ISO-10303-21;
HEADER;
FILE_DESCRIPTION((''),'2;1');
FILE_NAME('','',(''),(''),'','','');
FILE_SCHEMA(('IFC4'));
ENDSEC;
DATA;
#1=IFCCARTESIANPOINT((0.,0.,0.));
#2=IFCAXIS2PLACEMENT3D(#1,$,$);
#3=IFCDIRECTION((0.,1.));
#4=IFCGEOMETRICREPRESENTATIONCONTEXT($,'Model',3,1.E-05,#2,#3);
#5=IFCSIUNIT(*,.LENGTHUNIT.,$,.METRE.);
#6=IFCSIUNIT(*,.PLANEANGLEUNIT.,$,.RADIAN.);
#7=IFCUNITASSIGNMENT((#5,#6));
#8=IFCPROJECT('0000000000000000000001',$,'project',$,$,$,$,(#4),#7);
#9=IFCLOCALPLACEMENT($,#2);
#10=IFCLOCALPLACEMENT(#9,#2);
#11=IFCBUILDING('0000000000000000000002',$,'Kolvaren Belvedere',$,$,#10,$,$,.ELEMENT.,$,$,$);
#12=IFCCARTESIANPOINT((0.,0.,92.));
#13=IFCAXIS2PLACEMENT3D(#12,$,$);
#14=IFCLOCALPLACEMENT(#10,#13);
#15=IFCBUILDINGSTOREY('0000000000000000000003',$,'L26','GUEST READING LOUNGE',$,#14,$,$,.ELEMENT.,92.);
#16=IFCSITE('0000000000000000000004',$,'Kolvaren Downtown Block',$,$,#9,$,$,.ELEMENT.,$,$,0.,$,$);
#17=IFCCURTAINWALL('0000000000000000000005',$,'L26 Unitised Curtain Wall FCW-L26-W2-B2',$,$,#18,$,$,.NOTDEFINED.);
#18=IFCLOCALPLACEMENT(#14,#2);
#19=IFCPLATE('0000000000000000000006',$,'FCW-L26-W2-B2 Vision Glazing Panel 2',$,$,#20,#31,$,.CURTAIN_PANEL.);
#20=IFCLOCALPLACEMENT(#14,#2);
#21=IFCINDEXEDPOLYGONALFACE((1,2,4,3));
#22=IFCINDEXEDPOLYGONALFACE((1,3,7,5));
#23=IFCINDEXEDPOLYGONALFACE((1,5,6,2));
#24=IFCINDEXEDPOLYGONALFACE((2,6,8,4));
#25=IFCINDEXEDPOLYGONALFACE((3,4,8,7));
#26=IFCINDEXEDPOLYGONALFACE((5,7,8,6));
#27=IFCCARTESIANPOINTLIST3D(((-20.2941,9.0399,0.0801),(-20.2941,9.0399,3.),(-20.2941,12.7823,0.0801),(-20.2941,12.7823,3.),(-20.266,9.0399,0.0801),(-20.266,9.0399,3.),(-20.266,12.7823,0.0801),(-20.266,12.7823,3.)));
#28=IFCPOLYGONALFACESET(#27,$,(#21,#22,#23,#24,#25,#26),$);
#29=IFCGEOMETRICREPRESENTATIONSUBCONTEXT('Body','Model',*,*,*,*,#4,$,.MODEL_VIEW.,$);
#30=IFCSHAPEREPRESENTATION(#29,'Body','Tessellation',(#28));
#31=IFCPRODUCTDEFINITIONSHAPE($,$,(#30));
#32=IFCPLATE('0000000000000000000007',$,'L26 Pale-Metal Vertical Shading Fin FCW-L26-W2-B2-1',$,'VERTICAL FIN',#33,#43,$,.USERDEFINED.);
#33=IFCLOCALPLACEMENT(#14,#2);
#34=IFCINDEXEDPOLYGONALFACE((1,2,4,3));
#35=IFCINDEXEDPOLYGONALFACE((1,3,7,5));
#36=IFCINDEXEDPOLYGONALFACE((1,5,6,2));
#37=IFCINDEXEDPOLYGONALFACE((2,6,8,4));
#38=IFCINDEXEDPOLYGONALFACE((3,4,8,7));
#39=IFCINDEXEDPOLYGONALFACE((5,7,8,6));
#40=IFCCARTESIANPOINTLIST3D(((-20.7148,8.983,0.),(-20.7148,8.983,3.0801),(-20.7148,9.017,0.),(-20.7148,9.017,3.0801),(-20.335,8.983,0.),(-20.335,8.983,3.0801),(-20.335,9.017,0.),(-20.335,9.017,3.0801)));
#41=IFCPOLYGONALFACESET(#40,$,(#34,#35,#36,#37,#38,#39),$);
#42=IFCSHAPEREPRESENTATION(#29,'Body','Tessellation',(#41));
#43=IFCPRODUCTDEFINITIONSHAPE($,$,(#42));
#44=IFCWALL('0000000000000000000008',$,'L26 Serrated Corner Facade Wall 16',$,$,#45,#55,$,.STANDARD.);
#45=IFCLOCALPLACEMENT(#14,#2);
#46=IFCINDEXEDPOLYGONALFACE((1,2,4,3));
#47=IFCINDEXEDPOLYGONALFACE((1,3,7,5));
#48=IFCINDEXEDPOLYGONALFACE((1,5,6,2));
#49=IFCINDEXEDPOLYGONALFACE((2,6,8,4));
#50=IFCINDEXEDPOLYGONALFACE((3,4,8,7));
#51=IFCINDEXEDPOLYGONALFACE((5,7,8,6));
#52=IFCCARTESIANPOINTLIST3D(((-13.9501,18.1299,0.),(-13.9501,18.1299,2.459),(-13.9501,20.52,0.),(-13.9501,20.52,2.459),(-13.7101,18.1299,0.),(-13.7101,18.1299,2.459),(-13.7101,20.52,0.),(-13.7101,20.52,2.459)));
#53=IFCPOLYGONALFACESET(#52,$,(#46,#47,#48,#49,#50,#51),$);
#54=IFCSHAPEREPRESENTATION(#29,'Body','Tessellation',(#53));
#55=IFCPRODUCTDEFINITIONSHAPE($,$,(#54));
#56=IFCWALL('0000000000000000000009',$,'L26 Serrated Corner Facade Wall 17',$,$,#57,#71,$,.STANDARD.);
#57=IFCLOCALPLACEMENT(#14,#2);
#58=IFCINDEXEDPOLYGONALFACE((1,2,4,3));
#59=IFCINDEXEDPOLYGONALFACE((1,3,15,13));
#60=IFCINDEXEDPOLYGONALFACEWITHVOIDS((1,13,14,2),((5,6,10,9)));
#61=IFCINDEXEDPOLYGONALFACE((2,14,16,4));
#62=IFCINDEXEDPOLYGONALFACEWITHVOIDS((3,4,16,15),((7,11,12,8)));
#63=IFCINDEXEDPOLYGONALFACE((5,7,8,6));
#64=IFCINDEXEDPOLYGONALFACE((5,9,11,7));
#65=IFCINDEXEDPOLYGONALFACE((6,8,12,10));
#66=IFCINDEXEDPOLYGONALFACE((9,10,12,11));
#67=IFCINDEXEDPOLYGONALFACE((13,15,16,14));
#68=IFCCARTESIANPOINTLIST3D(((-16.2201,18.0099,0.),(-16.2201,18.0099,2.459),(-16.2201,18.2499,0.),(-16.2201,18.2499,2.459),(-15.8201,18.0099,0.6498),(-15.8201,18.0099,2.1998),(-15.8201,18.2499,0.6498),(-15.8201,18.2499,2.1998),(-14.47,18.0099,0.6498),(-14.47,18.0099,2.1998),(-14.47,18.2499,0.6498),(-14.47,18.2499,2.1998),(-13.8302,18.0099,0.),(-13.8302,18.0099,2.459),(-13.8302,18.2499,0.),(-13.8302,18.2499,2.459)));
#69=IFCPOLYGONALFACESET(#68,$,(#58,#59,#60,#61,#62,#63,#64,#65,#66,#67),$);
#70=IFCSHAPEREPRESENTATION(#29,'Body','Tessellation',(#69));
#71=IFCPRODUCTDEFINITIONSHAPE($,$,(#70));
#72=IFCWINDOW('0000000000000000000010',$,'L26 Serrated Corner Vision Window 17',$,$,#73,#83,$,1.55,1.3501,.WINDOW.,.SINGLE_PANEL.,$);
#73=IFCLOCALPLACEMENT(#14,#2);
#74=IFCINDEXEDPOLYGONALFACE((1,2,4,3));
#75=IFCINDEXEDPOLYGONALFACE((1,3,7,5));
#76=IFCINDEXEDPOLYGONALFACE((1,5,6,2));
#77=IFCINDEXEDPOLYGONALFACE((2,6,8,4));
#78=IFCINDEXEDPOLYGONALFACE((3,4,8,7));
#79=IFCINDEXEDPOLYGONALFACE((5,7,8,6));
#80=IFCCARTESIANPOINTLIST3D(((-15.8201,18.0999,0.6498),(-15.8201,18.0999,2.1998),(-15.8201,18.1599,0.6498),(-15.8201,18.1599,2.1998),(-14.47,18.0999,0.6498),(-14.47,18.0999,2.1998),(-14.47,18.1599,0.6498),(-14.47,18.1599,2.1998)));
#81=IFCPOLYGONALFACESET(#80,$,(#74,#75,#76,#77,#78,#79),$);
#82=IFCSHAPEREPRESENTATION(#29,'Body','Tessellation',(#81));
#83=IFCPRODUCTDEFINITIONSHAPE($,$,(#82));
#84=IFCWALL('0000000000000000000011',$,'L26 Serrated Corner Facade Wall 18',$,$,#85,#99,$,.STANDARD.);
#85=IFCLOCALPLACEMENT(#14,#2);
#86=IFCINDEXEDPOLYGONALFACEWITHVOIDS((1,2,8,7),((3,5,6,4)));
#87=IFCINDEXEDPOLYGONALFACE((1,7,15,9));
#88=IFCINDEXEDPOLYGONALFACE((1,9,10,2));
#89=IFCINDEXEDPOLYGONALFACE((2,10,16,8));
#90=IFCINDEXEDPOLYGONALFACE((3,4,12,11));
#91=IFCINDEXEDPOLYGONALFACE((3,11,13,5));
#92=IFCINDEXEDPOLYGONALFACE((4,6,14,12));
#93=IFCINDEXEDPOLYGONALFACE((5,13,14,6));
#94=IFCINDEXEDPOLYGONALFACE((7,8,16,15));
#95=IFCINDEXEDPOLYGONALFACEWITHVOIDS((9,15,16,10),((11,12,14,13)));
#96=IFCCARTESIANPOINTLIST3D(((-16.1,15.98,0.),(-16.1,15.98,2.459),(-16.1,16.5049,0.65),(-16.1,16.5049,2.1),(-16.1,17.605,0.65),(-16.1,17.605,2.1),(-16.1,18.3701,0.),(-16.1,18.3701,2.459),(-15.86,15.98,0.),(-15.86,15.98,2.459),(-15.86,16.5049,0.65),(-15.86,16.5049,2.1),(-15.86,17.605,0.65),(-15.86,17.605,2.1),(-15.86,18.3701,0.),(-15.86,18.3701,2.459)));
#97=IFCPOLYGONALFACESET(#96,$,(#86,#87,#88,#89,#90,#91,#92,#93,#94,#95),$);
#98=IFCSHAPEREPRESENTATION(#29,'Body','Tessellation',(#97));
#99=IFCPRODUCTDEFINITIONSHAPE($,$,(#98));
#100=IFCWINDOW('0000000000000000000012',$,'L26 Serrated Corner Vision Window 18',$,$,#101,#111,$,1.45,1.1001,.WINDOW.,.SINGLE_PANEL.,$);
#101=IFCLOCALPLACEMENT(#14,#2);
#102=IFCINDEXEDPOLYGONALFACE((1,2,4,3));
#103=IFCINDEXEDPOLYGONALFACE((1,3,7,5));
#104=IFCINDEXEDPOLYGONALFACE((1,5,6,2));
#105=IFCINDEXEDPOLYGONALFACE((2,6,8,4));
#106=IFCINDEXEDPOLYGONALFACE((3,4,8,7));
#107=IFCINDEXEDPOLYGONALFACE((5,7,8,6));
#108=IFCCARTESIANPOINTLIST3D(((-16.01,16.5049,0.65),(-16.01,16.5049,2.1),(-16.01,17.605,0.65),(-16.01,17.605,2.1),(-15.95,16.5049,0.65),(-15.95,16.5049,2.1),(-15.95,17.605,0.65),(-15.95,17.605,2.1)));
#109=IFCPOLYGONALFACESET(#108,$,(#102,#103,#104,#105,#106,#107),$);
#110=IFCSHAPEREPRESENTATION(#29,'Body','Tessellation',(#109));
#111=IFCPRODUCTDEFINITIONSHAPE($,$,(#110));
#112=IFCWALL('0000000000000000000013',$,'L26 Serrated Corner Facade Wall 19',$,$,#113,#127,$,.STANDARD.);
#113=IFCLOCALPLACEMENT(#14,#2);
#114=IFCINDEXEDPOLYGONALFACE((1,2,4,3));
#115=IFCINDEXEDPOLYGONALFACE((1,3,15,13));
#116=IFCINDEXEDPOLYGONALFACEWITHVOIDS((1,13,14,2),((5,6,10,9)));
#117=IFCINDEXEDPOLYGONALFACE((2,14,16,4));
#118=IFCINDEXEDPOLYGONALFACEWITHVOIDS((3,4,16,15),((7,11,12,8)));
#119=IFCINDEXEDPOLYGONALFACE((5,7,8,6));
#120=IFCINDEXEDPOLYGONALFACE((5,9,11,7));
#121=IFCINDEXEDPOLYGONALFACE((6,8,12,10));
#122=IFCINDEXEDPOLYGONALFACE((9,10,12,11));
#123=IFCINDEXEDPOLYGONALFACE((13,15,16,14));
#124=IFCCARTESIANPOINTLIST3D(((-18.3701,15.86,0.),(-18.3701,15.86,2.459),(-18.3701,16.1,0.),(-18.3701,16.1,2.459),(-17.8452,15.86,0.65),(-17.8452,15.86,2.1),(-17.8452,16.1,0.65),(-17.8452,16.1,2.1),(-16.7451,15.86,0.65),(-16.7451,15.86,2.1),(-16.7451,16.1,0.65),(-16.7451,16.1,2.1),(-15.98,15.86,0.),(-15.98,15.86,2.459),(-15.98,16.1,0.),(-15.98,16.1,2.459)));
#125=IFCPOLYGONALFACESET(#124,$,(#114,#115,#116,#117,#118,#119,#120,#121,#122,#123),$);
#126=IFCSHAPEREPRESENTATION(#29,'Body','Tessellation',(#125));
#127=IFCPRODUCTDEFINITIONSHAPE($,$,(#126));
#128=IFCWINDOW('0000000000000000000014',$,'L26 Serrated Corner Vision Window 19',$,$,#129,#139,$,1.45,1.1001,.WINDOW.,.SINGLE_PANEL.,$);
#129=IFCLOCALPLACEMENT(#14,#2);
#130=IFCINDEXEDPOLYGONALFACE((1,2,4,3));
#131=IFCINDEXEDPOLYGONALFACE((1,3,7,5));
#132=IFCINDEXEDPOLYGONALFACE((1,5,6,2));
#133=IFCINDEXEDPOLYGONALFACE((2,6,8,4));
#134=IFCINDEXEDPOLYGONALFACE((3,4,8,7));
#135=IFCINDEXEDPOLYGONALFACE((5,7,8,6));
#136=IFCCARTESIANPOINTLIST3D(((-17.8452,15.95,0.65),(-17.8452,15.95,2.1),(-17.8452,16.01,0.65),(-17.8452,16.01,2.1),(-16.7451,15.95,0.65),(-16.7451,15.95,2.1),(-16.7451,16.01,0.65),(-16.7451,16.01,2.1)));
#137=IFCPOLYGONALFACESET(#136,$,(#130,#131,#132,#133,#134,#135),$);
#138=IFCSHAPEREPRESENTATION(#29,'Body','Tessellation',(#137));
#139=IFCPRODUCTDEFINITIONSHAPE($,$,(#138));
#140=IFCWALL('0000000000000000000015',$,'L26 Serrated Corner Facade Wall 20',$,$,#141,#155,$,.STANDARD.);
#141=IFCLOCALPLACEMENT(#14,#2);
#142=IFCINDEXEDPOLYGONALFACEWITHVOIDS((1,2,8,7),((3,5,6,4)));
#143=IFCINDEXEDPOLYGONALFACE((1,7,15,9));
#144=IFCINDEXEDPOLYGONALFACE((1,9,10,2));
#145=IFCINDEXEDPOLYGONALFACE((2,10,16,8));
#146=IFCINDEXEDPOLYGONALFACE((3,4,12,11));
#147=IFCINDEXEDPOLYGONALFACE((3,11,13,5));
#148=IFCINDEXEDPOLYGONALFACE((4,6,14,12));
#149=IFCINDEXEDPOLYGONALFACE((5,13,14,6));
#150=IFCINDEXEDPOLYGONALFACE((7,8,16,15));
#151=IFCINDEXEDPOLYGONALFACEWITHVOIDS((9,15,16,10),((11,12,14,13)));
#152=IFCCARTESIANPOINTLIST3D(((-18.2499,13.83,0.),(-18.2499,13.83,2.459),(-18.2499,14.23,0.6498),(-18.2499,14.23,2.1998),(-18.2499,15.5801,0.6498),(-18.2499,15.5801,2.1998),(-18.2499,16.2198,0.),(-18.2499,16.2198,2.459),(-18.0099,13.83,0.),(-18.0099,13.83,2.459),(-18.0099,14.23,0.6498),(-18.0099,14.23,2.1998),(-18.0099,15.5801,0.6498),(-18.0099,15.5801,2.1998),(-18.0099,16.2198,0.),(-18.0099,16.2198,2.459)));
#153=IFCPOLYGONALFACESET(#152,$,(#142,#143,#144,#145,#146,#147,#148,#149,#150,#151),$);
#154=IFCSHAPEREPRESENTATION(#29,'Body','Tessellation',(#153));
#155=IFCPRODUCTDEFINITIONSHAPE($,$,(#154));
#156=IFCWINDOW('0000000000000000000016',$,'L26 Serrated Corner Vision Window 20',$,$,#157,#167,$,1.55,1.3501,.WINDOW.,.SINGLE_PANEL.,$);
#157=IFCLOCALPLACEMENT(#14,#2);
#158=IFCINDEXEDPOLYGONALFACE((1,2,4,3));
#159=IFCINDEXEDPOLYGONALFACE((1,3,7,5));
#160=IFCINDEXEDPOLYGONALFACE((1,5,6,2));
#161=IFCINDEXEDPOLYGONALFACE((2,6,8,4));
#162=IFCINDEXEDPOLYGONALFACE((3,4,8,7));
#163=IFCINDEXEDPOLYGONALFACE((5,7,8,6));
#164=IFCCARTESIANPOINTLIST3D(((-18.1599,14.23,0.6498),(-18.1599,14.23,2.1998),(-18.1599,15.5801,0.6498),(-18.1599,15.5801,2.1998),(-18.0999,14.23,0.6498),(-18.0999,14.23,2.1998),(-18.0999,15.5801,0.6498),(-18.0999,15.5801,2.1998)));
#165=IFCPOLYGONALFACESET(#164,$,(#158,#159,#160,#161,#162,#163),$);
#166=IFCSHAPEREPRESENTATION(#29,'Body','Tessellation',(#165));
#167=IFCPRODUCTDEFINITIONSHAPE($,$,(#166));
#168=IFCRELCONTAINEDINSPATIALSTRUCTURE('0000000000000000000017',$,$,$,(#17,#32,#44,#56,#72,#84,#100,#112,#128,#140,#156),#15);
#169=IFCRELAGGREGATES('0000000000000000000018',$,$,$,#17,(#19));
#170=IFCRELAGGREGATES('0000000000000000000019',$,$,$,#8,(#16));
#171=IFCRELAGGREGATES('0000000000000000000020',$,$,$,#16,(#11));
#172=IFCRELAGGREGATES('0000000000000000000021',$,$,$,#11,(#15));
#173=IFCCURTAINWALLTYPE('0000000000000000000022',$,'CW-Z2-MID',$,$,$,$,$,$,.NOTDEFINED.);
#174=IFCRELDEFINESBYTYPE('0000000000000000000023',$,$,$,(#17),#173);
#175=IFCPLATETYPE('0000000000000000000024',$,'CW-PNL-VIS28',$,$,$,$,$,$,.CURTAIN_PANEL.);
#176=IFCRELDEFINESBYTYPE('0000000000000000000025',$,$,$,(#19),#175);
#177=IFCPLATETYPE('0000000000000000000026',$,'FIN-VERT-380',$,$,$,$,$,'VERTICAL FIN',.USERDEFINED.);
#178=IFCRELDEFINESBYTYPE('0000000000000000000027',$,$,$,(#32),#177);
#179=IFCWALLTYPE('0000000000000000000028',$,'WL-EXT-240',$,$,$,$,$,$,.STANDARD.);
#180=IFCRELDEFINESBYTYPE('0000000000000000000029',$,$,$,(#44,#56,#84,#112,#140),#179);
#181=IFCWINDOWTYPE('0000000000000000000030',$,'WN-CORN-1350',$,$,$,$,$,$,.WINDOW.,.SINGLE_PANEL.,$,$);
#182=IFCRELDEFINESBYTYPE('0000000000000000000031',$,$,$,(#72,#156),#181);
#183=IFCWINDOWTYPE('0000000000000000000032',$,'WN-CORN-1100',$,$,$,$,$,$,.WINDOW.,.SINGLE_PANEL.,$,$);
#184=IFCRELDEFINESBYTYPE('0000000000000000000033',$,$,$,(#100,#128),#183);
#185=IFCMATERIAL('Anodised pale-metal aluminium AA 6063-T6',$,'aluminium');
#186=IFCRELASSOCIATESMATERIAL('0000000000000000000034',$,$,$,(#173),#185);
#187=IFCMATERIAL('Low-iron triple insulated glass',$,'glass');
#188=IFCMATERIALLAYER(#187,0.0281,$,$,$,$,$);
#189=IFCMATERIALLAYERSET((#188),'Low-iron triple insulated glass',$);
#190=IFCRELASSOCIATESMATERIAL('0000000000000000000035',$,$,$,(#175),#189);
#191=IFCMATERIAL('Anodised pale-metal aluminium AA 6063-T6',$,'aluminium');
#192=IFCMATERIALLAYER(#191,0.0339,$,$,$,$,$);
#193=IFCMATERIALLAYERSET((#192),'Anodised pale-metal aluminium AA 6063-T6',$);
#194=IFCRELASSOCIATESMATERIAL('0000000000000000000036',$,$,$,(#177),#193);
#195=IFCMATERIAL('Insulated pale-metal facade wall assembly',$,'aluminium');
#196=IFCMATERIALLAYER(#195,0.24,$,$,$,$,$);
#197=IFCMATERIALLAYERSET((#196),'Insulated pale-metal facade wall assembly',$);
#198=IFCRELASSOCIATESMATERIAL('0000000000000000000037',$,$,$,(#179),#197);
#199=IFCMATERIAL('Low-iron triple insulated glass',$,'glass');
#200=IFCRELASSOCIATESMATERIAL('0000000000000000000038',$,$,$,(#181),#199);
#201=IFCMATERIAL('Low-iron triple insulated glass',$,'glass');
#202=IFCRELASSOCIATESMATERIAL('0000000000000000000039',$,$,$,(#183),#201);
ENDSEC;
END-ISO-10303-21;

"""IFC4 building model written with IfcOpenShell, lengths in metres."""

from ifc_helpers import new_model, si_unit, direction, frame, frame_2d, origin, origin_2d, place, context, subcontext, project, spatial, rectangle, extrude, material, layer, layer_set, type_object, element, fill, aggregate, save


model = new_model("IFC4")

# Units and contexts
model_context = context("Model", 3, precision=1e-05, world=origin(), true_north=direction((0.0, 1.0)))
body_context = subcontext(model_context, "Body", "Model", "MODEL_VIEW")
ifc_project = project(units=[si_unit("LENGTHUNIT", "METRE"), si_unit("PLANEANGLEUNIT", "RADIAN")], contexts=[model_context])

# Site, building, storey
site_placement = place(None, origin())
site = spatial("IfcSite", under=ifc_project, at=site_placement, Name="Kolvaren Downtown Block", CompositionType="ELEMENT", RefElevation=0.0)
building_placement = place(site_placement, origin())
building = spatial("IfcBuilding", under=site, at=building_placement, Name="Kolvaren Belvedere", CompositionType="ELEMENT")
storey_placement = place(building_placement, frame((0.0, 0.0, 92.0)))
storey = spatial("IfcBuildingStorey", under=building, at=storey_placement, Name="L26", Description="GUEST READING LOUNGE", CompositionType="ELEMENT", Elevation=92.0)

# Shared definitions
ifc_material_1 = material(Name="Anodised pale-metal aluminium AA 6063-T6", Category="aluminium")
curtain_wall_type = type_object("IfcCurtainWallType", Name="CW-Z2-MID", PredefinedType="NOTDEFINED", material=ifc_material_1)

# Curtain wall, plate
curtain_wall_1_placement = place(storey_placement, origin())
curtain_wall_1 = element("IfcCurtainWall", 1, at=curtain_wall_1_placement, inside=storey, type_object=curtain_wall_type, Name="L26 Unitised Curtain Wall FCW-L26-W2-B2", PredefinedType="NOTDEFINED")
ifc_material_2 = material(Name="Low-iron triple insulated glass", Category="glass")
ifc_layer_1 = layer(ifc_material_2, 0.0281)
ifc_layer_set_1 = layer_set([ifc_layer_1], Name="Low-iron triple insulated glass")
plate_type_1 = type_object("IfcPlateType", Name="CW-PNL-VIS28", PredefinedType="CURTAIN_PANEL", material=ifc_layer_set_1)
plate_1_placement = place(storey_placement, frame((-20.28, 10.9111, 0.0801), z_axis=(0.0, 0.0, 1.0), x_axis=(0.0, 1.0, 0.0)))
plate_1 = element("IfcPlate", 2, at=plate_1_placement, type_object=plate_type_1, Name="FCW-L26-W2-B2 Vision Glazing Panel 2", PredefinedType="CURTAIN_PANEL", context=body_context, shape_type="SweptSolid", body=[
    extrude(rectangle(XDim=3.7424, YDim=0.0281, at=origin_2d()), origin(), (0.0, 0.0, 1.0), 2.9199),
])
aggregate(curtain_wall_1, [plate_1])

# Plate
ifc_material_3 = material(Name="Anodised pale-metal aluminium AA 6063-T6", Category="aluminium")
ifc_layer_2 = layer(ifc_material_3, 0.0339)
ifc_layer_set_2 = layer_set([ifc_layer_2], Name="Anodised pale-metal aluminium AA 6063-T6")
plate_type_2 = type_object("IfcPlateType", Name="FIN-VERT-380", ElementType="VERTICAL FIN", PredefinedType="USERDEFINED", material=ifc_layer_set_2)
plate_2_placement = place(storey_placement, frame((-20.5249, 9.0, 0.0), z_axis=(0.0, 0.0, 1.0), x_axis=(1.0, 0.0, 0.0)))
element("IfcPlate", 3, at=plate_2_placement, inside=storey, type_object=plate_type_2, Name="L26 Pale-Metal Vertical Shading Fin FCW-L26-W2-B2-1", ObjectType="VERTICAL FIN", PredefinedType="USERDEFINED", context=body_context, shape_type="SweptSolid", body=[
    extrude(rectangle(XDim=0.3799, YDim=0.0339, at=origin_2d()), origin(), (0.0, 0.0, 1.0), 3.0801),
])

# Wall
ifc_material_4 = material(Name="Insulated pale-metal facade wall assembly", Category="aluminium")
ifc_layer_3 = layer(ifc_material_4, 0.24)
ifc_layer_set_3 = layer_set([ifc_layer_3], Name="Insulated pale-metal facade wall assembly")
wall_type_1 = type_object("IfcWallType", Name="WL-EXT-240", PredefinedType="STANDARD", material=ifc_layer_set_3)
wall_1_placement = place(storey_placement, frame((-13.8301, 18.1299, 0.0), z_axis=(0.0, 0.0, 1.0), x_axis=(0.0, 1.0, 0.0)))
element("IfcWall", 4, at=wall_1_placement, inside=storey, type_object=wall_type_1, Name="L26 Serrated Corner Facade Wall 16", PredefinedType="STANDARD", context=body_context, shape_type="SweptSolid", body=[
    extrude(rectangle(XDim=2.3901, YDim=0.24, at=frame_2d((1.1951, 0.0))), origin(), (0.0, 0.0, 1.0), 2.459),
])

# Walls, openings, windows
wall_2_placement = place(storey_placement, frame((-16.22, 18.1299, 0.0), z_axis=(0.0, 0.0, 1.0), x_axis=(1.0, 0.0, 0.0)))
wall_2 = element("IfcWall", 5, at=wall_2_placement, inside=storey, type_object=wall_type_1, Name="L26 Serrated Corner Facade Wall 17", PredefinedType="STANDARD", context=body_context, shape_type="SweptSolid", body=[
    extrude(rectangle(XDim=2.3899, YDim=0.24, at=frame_2d((1.1948, 0.0))), origin(), (0.0, 0.0, 1.0), 2.459),
])
opening_1_placement = place(wall_2_placement, frame((0.3999, 0.0, 0.6499)))
opening_1 = element("IfcOpeningElement", 6, at=opening_1_placement, cuts=wall_2, PredefinedType="OPENING", context=body_context, shape_type="SweptSolid", body=[
    extrude(rectangle(XDim=1.3501, YDim=1.55, at=frame_2d((0.675, 0.7749))), frame((0.0, 0.1299, 0.0), z_axis=(0.0, -1.0, 0.0), x_axis=(1.0, 0.0, 0.0)), (0.0, 0.0, 1.0), 0.26),
])
ifc_material_5 = material(Name="Low-iron triple insulated glass", Category="glass")
window_type_1 = type_object("IfcWindowType", Name="WN-CORN-1350", PartitioningType="SINGLE_PANEL", PredefinedType="WINDOW", material=ifc_material_5)
window_1_placement = place(opening_1_placement, origin())
window_1 = element("IfcWindow", 7, at=window_1_placement, inside=storey, type_object=window_type_1, Name="L26 Serrated Corner Vision Window 17", OverallHeight=1.55, OverallWidth=1.3501, PartitioningType="SINGLE_PANEL", PredefinedType="WINDOW", context=body_context, shape_type="SweptSolid", body=[
    extrude(rectangle(XDim=1.3501, YDim=1.55, at=frame_2d((0.675, 0.7749))), frame((0.0, 0.03, 0.0), z_axis=(0.0, -1.0, 0.0), x_axis=(1.0, 0.0, 0.0)), (0.0, 0.0, 1.0), 0.0601),
])
fill(opening_1, window_1)
wall_3_placement = place(storey_placement, frame((-15.98, 15.98, 0.0), z_axis=(0.0, 0.0, 1.0), x_axis=(0.0, 1.0, 0.0)))
wall_3 = element("IfcWall", 8, at=wall_3_placement, inside=storey, type_object=wall_type_1, Name="L26 Serrated Corner Facade Wall 18", PredefinedType="STANDARD", context=body_context, shape_type="SweptSolid", body=[
    extrude(rectangle(XDim=2.3901, YDim=0.24, at=frame_2d((1.1951, 0.0))), origin(), (0.0, 0.0, 1.0), 2.459),
])
opening_2_placement = place(wall_3_placement, frame((0.5249, 0.0, 0.6499)))
opening_2 = element("IfcOpeningElement", 9, at=opening_2_placement, cuts=wall_3, PredefinedType="OPENING", context=body_context, shape_type="SweptSolid", body=[
    extrude(rectangle(XDim=1.1001, YDim=1.45, at=frame_2d((0.55, 0.7251))), frame((0.0, 0.1299, 0.0), z_axis=(0.0, -1.0, 0.0), x_axis=(1.0, 0.0, 0.0)), (0.0, 0.0, 1.0), 0.26),
])
ifc_material_6 = material(Name="Low-iron triple insulated glass", Category="glass")
window_type_2 = type_object("IfcWindowType", Name="WN-CORN-1100", PartitioningType="SINGLE_PANEL", PredefinedType="WINDOW", material=ifc_material_6)
window_2_placement = place(opening_2_placement, origin())
window_2 = element("IfcWindow", 10, at=window_2_placement, inside=storey, type_object=window_type_2, Name="L26 Serrated Corner Vision Window 18", OverallHeight=1.45, OverallWidth=1.1001, PartitioningType="SINGLE_PANEL", PredefinedType="WINDOW", context=body_context, shape_type="SweptSolid", body=[
    extrude(rectangle(XDim=1.1001, YDim=1.45, at=frame_2d((0.55, 0.7251))), frame((0.0, 0.03, 0.0), z_axis=(0.0, -1.0, 0.0), x_axis=(1.0, 0.0, 0.0)), (0.0, 0.0, 1.0), 0.0601),
])
fill(opening_2, window_2)
wall_4_placement = place(storey_placement, frame((-18.3701, 15.98, 0.0), z_axis=(0.0, 0.0, 1.0), x_axis=(1.0, 0.0, 0.0)))
wall_4 = element("IfcWall", 11, at=wall_4_placement, inside=storey, type_object=wall_type_1, Name="L26 Serrated Corner Facade Wall 19", PredefinedType="STANDARD", context=body_context, shape_type="SweptSolid", body=[
    extrude(rectangle(XDim=2.3901, YDim=0.24, at=frame_2d((1.1951, 0.0))), origin(), (0.0, 0.0, 1.0), 2.459),
])
opening_3_placement = place(wall_4_placement, frame((0.5249, 0.0, 0.6499)))
opening_3 = element("IfcOpeningElement", 12, at=opening_3_placement, cuts=wall_4, PredefinedType="OPENING", context=body_context, shape_type="SweptSolid", body=[
    extrude(rectangle(XDim=1.1001, YDim=1.45, at=frame_2d((0.55, 0.7251))), frame((0.0, 0.1299, 0.0), z_axis=(0.0, -1.0, 0.0), x_axis=(1.0, 0.0, 0.0)), (0.0, 0.0, 1.0), 0.26),
])
window_3_placement = place(opening_3_placement, origin())
window_3 = element("IfcWindow", 13, at=window_3_placement, inside=storey, type_object=window_type_2, Name="L26 Serrated Corner Vision Window 19", OverallHeight=1.45, OverallWidth=1.1001, PartitioningType="SINGLE_PANEL", PredefinedType="WINDOW", context=body_context, shape_type="SweptSolid", body=[
    extrude(rectangle(XDim=1.1001, YDim=1.45, at=frame_2d((0.55, 0.7251))), frame((0.0, 0.03, 0.0), z_axis=(0.0, -1.0, 0.0), x_axis=(1.0, 0.0, 0.0)), (0.0, 0.0, 1.0), 0.0601),
])
fill(opening_3, window_3)
wall_5_placement = place(storey_placement, frame((-18.1299, 13.8301, 0.0), z_axis=(0.0, 0.0, 1.0), x_axis=(0.0, 1.0, 0.0)))
wall_5 = element("IfcWall", 14, at=wall_5_placement, inside=storey, type_object=wall_type_1, Name="L26 Serrated Corner Facade Wall 20", PredefinedType="STANDARD", context=body_context, shape_type="SweptSolid", body=[
    extrude(rectangle(XDim=2.3899, YDim=0.24, at=frame_2d((1.1948, 0.0))), origin(), (0.0, 0.0, 1.0), 2.459),
])
opening_4_placement = place(wall_5_placement, frame((0.3999, 0.0, 0.6499)))
opening_4 = element("IfcOpeningElement", 15, at=opening_4_placement, cuts=wall_5, PredefinedType="OPENING", context=body_context, shape_type="SweptSolid", body=[
    extrude(rectangle(XDim=1.3501, YDim=1.55, at=frame_2d((0.675, 0.7749))), frame((0.0, 0.1299, 0.0), z_axis=(0.0, -1.0, 0.0), x_axis=(1.0, 0.0, 0.0)), (0.0, 0.0, 1.0), 0.26),
])
window_4_placement = place(opening_4_placement, origin())
window_4 = element("IfcWindow", 16, at=window_4_placement, inside=storey, type_object=window_type_1, Name="L26 Serrated Corner Vision Window 20", OverallHeight=1.55, OverallWidth=1.3501, PartitioningType="SINGLE_PANEL", PredefinedType="WINDOW", context=body_context, shape_type="SweptSolid", body=[
    extrude(rectangle(XDim=1.3501, YDim=1.55, at=frame_2d((0.675, 0.7749))), frame((0.0, 0.03, 0.0), z_axis=(0.0, -1.0, 0.0), x_axis=(1.0, 0.0, 0.0)), (0.0, 0.0, 1.0), 0.0601),
])
fill(opening_4, window_4)

save(model, "model.ifc")
